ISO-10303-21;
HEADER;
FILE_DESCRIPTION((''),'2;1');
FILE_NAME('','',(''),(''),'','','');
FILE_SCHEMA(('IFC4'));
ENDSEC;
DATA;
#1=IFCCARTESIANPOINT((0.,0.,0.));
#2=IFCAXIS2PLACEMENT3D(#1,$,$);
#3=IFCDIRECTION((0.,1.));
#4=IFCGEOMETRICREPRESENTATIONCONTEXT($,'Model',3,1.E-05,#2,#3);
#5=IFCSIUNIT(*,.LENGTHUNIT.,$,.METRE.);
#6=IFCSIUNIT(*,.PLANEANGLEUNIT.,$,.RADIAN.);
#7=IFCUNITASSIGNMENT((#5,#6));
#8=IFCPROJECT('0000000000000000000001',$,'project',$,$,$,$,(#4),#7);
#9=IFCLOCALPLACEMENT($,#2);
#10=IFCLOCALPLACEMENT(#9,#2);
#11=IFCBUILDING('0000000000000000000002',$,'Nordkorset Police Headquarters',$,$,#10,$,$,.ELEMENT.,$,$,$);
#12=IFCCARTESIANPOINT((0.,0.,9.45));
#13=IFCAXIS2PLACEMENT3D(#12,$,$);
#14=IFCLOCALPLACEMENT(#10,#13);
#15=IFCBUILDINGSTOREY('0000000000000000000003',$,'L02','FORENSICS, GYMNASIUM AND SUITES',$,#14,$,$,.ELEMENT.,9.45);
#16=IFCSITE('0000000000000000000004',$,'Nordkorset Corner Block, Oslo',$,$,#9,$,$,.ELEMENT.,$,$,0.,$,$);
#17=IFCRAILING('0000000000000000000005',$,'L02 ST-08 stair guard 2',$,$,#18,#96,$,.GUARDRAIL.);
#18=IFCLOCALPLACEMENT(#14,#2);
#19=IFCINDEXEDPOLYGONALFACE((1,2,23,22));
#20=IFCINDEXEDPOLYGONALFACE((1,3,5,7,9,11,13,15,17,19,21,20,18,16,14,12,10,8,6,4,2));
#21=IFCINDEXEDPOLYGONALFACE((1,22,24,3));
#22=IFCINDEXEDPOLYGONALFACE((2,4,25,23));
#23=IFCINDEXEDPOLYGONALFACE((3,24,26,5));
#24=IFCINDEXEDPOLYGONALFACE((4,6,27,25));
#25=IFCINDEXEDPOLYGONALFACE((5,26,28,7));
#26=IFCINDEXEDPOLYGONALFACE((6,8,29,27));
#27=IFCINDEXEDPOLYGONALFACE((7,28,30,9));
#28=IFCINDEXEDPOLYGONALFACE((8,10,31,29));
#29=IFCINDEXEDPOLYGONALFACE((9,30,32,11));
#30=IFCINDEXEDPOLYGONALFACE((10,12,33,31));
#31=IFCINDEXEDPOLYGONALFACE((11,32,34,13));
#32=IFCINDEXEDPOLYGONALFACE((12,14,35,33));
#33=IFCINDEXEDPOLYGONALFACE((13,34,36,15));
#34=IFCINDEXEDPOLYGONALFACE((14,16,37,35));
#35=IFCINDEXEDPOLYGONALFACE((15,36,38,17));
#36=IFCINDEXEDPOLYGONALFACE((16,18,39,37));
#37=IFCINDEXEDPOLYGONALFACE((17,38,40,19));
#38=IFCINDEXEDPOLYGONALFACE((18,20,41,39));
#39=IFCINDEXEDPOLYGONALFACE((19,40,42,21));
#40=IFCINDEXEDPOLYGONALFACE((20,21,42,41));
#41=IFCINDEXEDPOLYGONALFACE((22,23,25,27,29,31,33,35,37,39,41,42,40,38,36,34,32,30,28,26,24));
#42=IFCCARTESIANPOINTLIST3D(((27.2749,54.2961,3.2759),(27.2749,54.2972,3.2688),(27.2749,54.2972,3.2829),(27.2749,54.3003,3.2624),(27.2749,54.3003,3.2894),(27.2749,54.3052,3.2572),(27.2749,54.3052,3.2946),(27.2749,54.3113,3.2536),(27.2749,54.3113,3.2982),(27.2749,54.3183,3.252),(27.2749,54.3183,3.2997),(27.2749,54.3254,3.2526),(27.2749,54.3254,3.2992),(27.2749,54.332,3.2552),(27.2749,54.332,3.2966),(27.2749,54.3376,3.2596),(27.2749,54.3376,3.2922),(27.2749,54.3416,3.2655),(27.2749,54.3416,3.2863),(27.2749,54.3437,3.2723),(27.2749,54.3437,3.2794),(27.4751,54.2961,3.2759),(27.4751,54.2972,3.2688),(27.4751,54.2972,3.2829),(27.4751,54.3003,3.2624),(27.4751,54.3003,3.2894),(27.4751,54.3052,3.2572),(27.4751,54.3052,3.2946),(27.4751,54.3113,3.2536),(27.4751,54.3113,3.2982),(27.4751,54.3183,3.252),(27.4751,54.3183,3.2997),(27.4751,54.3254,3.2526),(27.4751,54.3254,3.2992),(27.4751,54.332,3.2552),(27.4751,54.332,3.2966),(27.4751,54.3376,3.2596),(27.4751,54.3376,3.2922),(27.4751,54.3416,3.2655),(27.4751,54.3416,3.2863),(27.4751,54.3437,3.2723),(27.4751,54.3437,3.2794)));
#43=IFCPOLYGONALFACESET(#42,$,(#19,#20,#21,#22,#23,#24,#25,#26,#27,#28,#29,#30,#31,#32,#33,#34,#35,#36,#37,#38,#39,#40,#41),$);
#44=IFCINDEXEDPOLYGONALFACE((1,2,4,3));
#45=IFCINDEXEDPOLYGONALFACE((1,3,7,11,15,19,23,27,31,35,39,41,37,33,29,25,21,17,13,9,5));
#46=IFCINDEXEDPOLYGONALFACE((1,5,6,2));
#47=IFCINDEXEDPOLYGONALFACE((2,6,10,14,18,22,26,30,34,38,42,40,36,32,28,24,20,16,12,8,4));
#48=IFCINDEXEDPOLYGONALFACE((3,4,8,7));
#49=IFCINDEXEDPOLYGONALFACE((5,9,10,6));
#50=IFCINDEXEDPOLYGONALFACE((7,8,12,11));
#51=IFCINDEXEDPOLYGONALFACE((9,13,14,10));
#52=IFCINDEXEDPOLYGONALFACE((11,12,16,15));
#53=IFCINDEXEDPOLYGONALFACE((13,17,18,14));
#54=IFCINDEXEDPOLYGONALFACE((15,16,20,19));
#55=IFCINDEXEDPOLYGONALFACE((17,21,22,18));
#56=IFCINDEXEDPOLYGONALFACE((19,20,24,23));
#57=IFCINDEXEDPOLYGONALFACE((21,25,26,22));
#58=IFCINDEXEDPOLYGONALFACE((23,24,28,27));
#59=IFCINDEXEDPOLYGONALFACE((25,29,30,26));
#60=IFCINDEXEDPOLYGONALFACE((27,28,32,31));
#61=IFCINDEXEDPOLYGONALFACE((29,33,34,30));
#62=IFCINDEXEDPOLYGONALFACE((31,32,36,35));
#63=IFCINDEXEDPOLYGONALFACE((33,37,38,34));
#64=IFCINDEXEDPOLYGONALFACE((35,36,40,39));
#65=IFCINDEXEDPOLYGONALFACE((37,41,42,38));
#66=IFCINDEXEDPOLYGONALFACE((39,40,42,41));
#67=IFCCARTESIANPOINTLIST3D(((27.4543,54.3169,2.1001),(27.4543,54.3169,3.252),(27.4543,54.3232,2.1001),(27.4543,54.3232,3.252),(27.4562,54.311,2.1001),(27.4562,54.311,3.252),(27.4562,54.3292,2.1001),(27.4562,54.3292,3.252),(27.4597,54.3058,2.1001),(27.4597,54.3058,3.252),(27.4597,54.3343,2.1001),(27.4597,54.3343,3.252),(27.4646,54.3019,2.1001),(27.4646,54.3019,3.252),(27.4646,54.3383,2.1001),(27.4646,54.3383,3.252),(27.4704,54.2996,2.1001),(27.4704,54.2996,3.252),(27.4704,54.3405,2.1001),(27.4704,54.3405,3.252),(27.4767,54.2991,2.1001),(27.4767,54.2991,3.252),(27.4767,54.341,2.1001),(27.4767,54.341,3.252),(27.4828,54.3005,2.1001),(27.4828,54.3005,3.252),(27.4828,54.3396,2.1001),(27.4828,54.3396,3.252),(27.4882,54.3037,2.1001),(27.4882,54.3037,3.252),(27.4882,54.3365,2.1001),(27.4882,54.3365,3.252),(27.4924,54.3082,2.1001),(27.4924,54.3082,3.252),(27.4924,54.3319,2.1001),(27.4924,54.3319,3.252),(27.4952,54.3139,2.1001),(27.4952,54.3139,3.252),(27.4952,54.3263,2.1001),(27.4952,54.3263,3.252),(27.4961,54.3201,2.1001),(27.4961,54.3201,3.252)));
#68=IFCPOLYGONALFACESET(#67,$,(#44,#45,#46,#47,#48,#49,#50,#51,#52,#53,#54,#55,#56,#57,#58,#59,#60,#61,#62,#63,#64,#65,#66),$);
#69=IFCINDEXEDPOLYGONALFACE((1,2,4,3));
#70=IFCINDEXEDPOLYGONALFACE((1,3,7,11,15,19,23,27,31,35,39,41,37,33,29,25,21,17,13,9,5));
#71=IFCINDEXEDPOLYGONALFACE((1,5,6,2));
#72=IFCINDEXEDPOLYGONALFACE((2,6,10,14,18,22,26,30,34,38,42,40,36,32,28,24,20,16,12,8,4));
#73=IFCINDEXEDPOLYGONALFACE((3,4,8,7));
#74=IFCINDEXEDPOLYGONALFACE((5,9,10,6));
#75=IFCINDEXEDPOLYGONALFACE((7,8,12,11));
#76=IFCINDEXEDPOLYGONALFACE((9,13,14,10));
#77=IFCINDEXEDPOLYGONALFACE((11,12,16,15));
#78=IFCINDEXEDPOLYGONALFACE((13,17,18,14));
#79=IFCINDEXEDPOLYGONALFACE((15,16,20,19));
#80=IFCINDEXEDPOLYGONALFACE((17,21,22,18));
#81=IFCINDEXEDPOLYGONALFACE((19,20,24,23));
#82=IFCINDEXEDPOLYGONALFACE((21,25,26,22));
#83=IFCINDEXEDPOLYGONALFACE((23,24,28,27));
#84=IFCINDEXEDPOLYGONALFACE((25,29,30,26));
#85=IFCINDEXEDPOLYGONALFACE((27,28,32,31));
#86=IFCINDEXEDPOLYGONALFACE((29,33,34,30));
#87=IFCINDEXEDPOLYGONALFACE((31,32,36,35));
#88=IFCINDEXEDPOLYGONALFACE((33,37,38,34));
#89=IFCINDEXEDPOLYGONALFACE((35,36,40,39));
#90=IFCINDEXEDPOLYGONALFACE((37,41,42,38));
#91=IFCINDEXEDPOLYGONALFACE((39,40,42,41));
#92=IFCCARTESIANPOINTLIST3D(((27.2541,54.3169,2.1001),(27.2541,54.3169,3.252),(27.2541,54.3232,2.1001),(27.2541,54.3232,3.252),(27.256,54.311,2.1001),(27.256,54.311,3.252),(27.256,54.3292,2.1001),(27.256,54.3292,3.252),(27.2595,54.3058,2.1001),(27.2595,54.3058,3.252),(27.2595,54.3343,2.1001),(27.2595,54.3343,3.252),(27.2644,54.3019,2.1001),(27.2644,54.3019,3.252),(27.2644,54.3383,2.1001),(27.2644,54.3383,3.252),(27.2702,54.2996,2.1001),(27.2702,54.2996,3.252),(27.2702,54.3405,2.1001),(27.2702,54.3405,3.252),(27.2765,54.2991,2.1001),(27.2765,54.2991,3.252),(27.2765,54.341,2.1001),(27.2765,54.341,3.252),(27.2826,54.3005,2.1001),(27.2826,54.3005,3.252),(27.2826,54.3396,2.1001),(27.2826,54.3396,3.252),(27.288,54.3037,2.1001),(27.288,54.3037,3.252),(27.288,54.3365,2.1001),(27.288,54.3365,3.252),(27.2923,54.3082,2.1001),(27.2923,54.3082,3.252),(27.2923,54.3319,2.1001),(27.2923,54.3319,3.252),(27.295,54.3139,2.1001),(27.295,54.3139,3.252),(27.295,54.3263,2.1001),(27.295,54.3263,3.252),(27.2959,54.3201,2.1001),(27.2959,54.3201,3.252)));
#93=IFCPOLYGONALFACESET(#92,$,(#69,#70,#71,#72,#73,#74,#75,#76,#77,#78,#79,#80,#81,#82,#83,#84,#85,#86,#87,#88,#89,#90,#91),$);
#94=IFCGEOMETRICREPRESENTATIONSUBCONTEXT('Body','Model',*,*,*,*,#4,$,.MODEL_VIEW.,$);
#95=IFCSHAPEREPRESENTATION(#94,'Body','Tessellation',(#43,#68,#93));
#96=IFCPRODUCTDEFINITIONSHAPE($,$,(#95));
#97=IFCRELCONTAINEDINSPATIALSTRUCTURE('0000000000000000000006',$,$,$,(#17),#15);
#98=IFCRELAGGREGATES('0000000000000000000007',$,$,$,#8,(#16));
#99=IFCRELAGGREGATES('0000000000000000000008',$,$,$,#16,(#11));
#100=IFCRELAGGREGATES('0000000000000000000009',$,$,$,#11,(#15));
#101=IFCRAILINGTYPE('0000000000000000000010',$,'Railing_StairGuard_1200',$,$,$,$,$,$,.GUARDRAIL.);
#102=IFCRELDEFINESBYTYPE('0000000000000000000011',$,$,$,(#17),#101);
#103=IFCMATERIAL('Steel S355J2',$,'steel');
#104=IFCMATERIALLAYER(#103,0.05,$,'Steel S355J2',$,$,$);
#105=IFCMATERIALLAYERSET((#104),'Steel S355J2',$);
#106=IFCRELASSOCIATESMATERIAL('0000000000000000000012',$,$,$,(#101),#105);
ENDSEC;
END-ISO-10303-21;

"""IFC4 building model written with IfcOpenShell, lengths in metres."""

from ifc_helpers import new_model, si_unit, direction, frame, origin, origin_2d, place, context, subcontext, project, spatial, circle, extrude, material, layer, layer_set, type_object, element, save


model = new_model("IFC4")

# Units and contexts
model_context = context("Model", 3, precision=1e-05, world=origin(), true_north=direction((0.0, 1.0)))
body_context = subcontext(model_context, "Body", "Model", "MODEL_VIEW")
ifc_project = project(units=[si_unit("LENGTHUNIT", "METRE"), si_unit("PLANEANGLEUNIT", "RADIAN")], contexts=[model_context])

# Site, building, storey
site_placement = place(None, origin())
site = spatial("IfcSite", under=ifc_project, at=site_placement, Name="Nordkorset Corner Block, Oslo", CompositionType="ELEMENT", RefElevation=0.0)
building_placement = place(site_placement, origin())
building = spatial("IfcBuilding", under=site, at=building_placement, Name="Nordkorset Police Headquarters", CompositionType="ELEMENT")
storey_placement = place(building_placement, frame((0.0, 0.0, 9.45)))
storey = spatial("IfcBuildingStorey", under=building, at=storey_placement, Name="L02", Description="FORENSICS, GYMNASIUM AND SUITES", CompositionType="ELEMENT", Elevation=9.45)

# Railing
ifc_material_1 = material(Name="Steel S355J2", Category="steel")
ifc_layer_1 = layer(ifc_material_1, 0.05, Name="Steel S355J2")
ifc_layer_set_1 = layer_set([ifc_layer_1], Name="Steel S355J2")
railing_type_1 = type_object("IfcRailingType", Name="Railing_StairGuard_1200", PredefinedType="GUARDRAIL", material=ifc_layer_set_1)
railing_1_placement = place(storey_placement, frame((27.4751, 54.3201, 2.1001)))
element("IfcRailing", 1, at=railing_1_placement, inside=storey, type_object=railing_type_1, Name="L02 ST-08 stair guard 2", PredefinedType="GUARDRAIL", context=body_context, shape_type="SweptSolid", body=[
    extrude(circle(Radius=0.0239, at=origin_2d()), frame((0.0, 0.0, 1.1758), z_axis=(-1.0, 0.0, 0.0), x_axis=(0.0, -1.0, 0.0)), (0.0, 0.0, 1.0), 0.2002),
    extrude(circle(Radius=0.021, at=origin_2d()), origin(), (0.0, 0.0, 1.0), 1.1519),
    extrude(circle(Radius=0.021, at=origin_2d()), frame((-0.2002, 0.0, 0.0)), (0.0, 0.0, 1.0), 1.1519),
])

save(model, "model.ifc")
